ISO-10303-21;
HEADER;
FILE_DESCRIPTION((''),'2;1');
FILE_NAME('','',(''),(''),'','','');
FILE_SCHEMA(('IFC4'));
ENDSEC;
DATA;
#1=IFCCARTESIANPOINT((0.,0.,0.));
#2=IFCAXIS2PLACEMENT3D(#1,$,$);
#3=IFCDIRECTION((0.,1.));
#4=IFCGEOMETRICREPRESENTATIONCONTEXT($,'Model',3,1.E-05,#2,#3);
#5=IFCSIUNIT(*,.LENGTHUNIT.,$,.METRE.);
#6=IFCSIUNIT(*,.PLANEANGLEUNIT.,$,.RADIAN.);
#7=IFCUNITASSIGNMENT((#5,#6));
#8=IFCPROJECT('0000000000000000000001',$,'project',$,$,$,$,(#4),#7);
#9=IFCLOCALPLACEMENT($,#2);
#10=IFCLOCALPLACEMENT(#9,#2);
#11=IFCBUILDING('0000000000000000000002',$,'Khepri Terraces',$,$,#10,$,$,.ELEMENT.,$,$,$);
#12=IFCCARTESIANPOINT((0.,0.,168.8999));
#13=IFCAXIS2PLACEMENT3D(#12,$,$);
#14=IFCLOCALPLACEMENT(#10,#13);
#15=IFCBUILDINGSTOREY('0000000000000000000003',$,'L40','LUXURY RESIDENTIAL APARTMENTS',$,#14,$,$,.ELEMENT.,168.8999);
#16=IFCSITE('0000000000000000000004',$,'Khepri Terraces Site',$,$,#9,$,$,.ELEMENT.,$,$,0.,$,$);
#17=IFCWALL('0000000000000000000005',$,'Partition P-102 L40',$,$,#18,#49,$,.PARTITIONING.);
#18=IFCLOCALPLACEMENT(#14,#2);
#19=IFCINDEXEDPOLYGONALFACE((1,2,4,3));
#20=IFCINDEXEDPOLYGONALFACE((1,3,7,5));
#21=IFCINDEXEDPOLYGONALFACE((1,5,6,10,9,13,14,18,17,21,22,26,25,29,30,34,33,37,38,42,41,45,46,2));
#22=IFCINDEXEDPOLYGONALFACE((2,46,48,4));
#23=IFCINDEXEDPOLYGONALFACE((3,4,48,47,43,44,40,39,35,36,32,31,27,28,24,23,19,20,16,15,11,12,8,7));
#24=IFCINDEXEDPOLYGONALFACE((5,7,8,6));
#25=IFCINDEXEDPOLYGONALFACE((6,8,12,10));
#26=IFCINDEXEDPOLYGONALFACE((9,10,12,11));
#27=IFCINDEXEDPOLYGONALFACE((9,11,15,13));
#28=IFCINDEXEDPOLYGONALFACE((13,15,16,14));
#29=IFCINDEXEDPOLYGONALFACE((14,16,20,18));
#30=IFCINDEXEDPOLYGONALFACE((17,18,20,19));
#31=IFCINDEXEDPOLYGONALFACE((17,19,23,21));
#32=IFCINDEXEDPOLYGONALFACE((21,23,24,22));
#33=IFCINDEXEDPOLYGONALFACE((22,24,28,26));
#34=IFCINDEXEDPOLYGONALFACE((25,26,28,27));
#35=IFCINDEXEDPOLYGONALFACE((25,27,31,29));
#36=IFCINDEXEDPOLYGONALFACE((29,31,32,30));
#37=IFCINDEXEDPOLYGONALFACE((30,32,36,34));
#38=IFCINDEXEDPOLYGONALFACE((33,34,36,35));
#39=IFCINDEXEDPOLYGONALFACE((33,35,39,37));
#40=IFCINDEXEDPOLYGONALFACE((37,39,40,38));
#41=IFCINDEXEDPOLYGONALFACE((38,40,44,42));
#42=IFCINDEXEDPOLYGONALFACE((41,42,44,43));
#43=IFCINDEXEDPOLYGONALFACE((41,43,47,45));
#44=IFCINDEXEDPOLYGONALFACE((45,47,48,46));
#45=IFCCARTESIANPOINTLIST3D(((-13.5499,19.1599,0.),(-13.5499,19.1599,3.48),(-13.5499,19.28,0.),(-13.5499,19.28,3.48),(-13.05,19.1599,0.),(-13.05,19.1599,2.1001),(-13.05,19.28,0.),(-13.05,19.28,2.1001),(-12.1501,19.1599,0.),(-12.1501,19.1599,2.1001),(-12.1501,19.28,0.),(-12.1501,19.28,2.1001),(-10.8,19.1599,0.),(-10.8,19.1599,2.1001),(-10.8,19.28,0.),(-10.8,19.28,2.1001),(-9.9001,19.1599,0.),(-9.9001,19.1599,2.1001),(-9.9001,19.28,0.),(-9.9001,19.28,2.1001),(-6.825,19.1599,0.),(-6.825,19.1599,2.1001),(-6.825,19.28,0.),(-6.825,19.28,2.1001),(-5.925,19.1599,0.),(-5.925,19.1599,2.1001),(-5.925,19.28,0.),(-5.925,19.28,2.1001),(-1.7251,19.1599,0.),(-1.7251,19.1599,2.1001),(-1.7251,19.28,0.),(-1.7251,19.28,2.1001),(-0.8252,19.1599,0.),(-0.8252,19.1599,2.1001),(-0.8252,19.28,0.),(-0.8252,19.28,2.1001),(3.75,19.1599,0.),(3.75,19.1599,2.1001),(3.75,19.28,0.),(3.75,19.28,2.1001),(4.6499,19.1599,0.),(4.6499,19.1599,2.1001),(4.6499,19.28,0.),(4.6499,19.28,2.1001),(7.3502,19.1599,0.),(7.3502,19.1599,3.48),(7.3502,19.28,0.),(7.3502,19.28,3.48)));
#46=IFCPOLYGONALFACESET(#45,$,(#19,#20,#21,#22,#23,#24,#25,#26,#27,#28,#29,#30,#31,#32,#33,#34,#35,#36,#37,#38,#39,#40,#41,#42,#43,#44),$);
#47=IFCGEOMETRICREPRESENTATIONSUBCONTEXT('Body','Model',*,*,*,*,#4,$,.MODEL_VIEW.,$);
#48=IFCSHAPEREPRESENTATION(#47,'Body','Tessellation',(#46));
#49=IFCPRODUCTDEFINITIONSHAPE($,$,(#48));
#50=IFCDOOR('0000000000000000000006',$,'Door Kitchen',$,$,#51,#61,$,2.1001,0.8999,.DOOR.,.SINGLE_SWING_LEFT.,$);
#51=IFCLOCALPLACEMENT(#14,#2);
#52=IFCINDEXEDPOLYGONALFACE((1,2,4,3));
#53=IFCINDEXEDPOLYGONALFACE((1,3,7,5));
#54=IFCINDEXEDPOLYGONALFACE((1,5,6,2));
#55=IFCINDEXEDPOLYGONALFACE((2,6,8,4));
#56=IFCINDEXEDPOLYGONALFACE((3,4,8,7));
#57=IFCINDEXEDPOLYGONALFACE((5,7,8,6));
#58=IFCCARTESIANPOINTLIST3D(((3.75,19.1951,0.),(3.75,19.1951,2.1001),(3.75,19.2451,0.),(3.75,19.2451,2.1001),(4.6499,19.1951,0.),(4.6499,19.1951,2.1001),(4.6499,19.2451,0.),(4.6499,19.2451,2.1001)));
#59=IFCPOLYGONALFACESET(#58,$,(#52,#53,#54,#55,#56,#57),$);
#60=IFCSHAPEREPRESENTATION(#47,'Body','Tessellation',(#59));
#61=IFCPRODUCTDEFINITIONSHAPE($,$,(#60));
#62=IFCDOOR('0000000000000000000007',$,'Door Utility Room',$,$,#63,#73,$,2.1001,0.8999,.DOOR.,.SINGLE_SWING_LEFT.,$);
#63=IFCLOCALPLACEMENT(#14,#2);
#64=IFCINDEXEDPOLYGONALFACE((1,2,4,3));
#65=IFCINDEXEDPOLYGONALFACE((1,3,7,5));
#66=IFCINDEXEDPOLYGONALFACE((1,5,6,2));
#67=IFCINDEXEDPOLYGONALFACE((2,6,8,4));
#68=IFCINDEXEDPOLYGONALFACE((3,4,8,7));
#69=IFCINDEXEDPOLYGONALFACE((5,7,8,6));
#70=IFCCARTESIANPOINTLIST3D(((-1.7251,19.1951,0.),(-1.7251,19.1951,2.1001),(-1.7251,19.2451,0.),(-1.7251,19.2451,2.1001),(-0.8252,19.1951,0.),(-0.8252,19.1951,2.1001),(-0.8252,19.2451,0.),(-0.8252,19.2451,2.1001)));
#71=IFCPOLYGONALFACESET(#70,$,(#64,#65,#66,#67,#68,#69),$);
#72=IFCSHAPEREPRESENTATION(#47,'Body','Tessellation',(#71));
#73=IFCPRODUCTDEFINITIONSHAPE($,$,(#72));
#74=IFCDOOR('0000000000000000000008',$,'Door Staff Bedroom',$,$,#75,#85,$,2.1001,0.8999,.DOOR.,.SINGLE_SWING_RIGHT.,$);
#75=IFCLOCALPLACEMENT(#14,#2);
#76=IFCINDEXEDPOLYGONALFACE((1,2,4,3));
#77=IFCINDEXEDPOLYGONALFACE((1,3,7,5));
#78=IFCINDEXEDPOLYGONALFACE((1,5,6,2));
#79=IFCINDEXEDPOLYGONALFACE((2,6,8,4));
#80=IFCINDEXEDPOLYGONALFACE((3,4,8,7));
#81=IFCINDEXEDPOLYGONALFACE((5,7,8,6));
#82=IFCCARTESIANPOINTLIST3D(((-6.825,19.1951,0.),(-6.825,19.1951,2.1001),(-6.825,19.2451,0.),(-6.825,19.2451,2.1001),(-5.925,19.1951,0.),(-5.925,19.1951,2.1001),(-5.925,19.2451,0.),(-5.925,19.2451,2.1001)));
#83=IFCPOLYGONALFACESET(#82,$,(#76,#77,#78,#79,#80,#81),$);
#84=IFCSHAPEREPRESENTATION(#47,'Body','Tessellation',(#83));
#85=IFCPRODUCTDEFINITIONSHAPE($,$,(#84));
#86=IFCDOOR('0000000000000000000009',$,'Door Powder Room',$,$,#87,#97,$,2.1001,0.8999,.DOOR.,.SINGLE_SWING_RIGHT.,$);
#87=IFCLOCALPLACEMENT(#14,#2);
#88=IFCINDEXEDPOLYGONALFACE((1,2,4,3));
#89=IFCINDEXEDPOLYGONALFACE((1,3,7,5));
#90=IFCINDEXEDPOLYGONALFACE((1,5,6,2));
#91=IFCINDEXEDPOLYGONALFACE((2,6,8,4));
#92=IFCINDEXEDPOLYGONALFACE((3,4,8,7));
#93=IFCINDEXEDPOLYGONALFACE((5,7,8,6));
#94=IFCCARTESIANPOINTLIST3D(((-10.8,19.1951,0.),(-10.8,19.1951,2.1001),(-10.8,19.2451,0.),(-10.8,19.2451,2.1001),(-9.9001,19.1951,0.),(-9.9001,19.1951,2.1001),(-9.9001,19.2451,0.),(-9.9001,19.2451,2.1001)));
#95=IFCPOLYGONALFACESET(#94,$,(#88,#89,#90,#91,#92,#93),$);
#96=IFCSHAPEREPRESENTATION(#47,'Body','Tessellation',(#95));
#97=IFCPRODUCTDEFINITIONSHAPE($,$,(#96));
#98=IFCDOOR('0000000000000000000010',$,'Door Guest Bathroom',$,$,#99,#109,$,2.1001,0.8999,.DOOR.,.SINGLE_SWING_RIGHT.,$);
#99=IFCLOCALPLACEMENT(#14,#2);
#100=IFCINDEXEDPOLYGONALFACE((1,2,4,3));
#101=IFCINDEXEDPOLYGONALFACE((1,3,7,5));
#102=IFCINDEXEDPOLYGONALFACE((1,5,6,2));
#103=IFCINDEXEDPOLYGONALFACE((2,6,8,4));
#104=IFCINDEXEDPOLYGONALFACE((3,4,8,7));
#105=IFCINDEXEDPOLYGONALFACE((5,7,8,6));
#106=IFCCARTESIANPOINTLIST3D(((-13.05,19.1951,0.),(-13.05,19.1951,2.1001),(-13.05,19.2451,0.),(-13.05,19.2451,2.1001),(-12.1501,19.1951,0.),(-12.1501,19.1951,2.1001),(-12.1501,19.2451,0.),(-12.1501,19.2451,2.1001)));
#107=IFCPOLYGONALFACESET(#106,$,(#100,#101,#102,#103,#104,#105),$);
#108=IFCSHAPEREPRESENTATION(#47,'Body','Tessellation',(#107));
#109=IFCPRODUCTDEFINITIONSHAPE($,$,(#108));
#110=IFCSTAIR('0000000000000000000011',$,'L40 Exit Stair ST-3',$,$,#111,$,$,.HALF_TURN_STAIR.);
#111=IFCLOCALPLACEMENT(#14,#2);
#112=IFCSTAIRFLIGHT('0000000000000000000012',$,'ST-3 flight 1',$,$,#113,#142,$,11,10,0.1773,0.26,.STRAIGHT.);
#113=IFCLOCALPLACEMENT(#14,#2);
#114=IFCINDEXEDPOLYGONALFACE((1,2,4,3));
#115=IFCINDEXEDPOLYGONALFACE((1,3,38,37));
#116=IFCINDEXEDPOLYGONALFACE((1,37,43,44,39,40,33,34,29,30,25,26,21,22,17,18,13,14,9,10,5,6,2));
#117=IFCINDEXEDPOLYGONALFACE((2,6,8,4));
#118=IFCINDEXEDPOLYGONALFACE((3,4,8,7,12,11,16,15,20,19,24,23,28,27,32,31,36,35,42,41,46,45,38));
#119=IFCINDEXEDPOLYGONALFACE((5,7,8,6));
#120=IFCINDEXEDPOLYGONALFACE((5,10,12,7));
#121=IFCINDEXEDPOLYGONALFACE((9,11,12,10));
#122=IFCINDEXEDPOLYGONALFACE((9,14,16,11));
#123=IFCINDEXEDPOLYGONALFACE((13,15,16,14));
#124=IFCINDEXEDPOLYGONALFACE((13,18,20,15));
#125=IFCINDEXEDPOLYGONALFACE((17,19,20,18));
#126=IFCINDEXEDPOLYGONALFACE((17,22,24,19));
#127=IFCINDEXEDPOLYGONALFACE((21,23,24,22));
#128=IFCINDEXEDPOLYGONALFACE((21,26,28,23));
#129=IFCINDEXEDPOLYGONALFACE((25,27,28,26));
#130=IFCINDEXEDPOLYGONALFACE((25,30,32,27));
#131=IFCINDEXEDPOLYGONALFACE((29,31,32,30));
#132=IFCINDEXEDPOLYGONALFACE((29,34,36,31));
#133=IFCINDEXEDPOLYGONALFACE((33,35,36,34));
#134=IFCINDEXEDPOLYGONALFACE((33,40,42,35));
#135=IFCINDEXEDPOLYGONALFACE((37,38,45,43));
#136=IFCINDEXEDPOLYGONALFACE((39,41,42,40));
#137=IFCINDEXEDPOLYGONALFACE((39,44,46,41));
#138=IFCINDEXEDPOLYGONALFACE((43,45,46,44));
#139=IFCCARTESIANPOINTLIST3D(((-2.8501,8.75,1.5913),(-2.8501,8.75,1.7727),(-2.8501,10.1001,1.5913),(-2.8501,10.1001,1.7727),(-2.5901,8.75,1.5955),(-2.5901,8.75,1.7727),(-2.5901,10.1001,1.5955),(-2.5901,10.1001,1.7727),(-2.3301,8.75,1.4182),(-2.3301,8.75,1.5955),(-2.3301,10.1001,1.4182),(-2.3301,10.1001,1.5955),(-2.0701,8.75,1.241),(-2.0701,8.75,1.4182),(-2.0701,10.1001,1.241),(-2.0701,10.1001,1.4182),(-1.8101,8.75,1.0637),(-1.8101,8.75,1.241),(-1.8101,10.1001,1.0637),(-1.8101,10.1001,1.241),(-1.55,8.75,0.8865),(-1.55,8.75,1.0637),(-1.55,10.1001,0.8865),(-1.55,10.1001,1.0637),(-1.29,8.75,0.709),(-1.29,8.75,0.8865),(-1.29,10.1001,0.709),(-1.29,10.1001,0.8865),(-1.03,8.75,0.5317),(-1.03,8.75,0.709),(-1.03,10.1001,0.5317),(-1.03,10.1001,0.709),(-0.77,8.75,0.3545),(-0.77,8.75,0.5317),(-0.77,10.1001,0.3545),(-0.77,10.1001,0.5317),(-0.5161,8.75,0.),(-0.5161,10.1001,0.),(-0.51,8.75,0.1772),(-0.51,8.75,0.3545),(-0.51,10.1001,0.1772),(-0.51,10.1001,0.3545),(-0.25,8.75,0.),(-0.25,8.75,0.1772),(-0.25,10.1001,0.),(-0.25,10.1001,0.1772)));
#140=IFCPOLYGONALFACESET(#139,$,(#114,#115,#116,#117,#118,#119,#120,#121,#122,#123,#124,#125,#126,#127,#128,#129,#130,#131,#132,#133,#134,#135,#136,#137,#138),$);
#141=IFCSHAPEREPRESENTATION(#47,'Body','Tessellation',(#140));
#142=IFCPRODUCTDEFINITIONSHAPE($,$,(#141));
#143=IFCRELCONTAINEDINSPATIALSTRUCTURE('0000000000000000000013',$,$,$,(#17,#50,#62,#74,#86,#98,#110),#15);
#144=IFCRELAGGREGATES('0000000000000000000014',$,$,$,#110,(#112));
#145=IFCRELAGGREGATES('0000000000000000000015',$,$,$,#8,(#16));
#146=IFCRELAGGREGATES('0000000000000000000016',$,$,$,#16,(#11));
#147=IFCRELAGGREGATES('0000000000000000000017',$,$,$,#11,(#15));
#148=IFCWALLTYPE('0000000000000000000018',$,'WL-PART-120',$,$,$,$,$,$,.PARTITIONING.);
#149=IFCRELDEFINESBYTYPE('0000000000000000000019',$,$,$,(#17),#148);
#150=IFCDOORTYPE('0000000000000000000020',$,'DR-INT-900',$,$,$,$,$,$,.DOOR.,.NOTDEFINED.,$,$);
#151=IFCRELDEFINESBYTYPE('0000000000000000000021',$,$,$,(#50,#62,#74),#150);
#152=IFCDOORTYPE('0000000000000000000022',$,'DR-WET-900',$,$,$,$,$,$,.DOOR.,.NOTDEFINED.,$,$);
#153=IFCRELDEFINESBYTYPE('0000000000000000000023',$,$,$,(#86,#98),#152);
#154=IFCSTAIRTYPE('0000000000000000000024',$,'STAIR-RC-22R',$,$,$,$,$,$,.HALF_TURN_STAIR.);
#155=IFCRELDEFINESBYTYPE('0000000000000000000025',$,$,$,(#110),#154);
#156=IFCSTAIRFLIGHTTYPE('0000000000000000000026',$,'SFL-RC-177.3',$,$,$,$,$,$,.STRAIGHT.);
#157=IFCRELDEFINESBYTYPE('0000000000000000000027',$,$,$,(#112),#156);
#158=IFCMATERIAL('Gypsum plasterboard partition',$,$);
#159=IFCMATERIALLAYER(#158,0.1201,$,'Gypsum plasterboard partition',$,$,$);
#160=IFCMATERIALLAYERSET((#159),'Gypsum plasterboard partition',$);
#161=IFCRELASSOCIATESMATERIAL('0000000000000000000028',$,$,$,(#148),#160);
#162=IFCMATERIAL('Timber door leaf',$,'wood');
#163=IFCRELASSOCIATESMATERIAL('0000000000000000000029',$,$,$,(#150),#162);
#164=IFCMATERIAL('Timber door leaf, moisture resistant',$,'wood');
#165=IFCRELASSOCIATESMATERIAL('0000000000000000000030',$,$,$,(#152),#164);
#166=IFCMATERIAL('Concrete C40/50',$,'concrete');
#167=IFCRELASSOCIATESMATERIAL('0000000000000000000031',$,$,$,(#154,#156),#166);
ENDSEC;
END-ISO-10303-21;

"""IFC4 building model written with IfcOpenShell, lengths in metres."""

from ifc_helpers import new_model, si_unit, direction, frame, frame_2d, origin, place, context, subcontext, project, spatial, polyline, rectangle, outline, extrude, material, layer, layer_set, type_object, element, fill, aggregate, save


model = new_model("IFC4")

# Units and contexts
model_context = context("Model", 3, precision=1e-05, world=origin(), true_north=direction((0.0, 1.0)))
body_context = subcontext(model_context, "Body", "Model", "MODEL_VIEW")
ifc_project = project(units=[si_unit("LENGTHUNIT", "METRE"), si_unit("PLANEANGLEUNIT", "RADIAN")], contexts=[model_context])

# Site, building, storey
site_placement = place(None, origin())
site = spatial("IfcSite", under=ifc_project, at=site_placement, Name="Khepri Terraces Site", CompositionType="ELEMENT", RefElevation=0.0)
building_placement = place(site_placement, origin())
building = spatial("IfcBuilding", under=site, at=building_placement, Name="Khepri Terraces", CompositionType="ELEMENT")
storey_placement = place(building_placement, frame((0.0, 0.0, 168.8999)))
storey = spatial("IfcBuildingStorey", under=building, at=storey_placement, Name="L40", Description="LUXURY RESIDENTIAL APARTMENTS", CompositionType="ELEMENT", Elevation=168.8999)

# Shared definitions
ifc_material_1 = material(Name="Gypsum plasterboard partition")
ifc_layer_1 = layer(ifc_material_1, 0.1201, Name="Gypsum plasterboard partition")
ifc_layer_set_1 = layer_set([ifc_layer_1], Name="Gypsum plasterboard partition")
wall_type_1 = type_object("IfcWallType", Name="WL-PART-120", PredefinedType="PARTITIONING", material=ifc_layer_set_1)

# Wall, openings, doors
wall_1_placement = place(storey_placement, frame((-13.55, 19.22, 0.0), z_axis=(0.0, 0.0, 1.0), x_axis=(1.0, 0.0, 0.0)))
wall_1 = element("IfcWall", 1, at=wall_1_placement, inside=storey, type_object=wall_type_1, Name="Partition P-102 L40", PredefinedType="PARTITIONING", context=body_context, shape_type="SweptSolid", body=[
    extrude(rectangle(XDim=20.9001, YDim=0.1201, at=frame_2d((10.4502, 0.0))), origin(), (0.0, 0.0, 1.0), 3.48),
])
opening_1_placement = place(wall_1_placement, frame((17.3, 0.0, 0.0)))
opening_1 = element("IfcOpeningElement", 2, at=opening_1_placement, cuts=wall_1, PredefinedType="OPENING", context=body_context, shape_type="SweptSolid", body=[
    extrude(rectangle(XDim=0.8999, YDim=2.1001, at=frame_2d((0.45, 1.05))), frame((0.0, 0.0701, 0.0), z_axis=(0.0, -1.0, 0.0), x_axis=(1.0, 0.0, 0.0)), (0.0, 0.0, 1.0), 0.1401),
])
opening_2_placement = place(wall_1_placement, frame((11.825, 0.0, 0.0)))
opening_2 = element("IfcOpeningElement", 3, at=opening_2_placement, cuts=wall_1, PredefinedType="OPENING", context=body_context, shape_type="SweptSolid", body=[
    extrude(rectangle(XDim=0.8999, YDim=2.1001, at=frame_2d((0.45, 1.05))), frame((0.0, 0.0701, 0.0), z_axis=(0.0, -1.0, 0.0), x_axis=(1.0, 0.0, 0.0)), (0.0, 0.0, 1.0), 0.1401),
])
opening_3_placement = place(wall_1_placement, frame((6.7251, 0.0, 0.0)))
opening_3 = element("IfcOpeningElement", 4, at=opening_3_placement, cuts=wall_1, PredefinedType="OPENING", context=body_context, shape_type="SweptSolid", body=[
    extrude(rectangle(XDim=0.8999, YDim=2.1001, at=frame_2d((0.45, 1.05))), frame((0.0, 0.0701, 0.0), z_axis=(0.0, -1.0, 0.0), x_axis=(1.0, 0.0, 0.0)), (0.0, 0.0, 1.0), 0.1401),
])
opening_4_placement = place(wall_1_placement, frame((2.75, 0.0, 0.0)))
opening_4 = element("IfcOpeningElement", 5, at=opening_4_placement, cuts=wall_1, PredefinedType="OPENING", context=body_context, shape_type="SweptSolid", body=[
    extrude(rectangle(XDim=0.8999, YDim=2.1001, at=frame_2d((0.45, 1.05))), frame((0.0, 0.0701, 0.0), z_axis=(0.0, -1.0, 0.0), x_axis=(1.0, 0.0, 0.0)), (0.0, 0.0, 1.0), 0.1401),
])
opening_5_placement = place(wall_1_placement, frame((0.5, 0.0, 0.0)))
opening_5 = element("IfcOpeningElement", 6, at=opening_5_placement, cuts=wall_1, PredefinedType="OPENING", context=body_context, shape_type="SweptSolid", body=[
    extrude(rectangle(XDim=0.8999, YDim=2.1001, at=frame_2d((0.45, 1.05))), frame((0.0, 0.0701, 0.0), z_axis=(0.0, -1.0, 0.0), x_axis=(1.0, 0.0, 0.0)), (0.0, 0.0, 1.0), 0.1401),
])
ifc_material_2 = material(Name="Timber door leaf", Category="wood")
door_type_1 = type_object("IfcDoorType", Name="DR-INT-900", OperationType="NOTDEFINED", PredefinedType="DOOR", material=ifc_material_2)
door_1_placement = place(opening_1_placement, frame((0.8999, 0.0, 0.0), z_axis=(0.0, 0.0, 1.0), x_axis=(-1.0, 0.0, 0.0)))
door_1 = element("IfcDoor", 7, at=door_1_placement, inside=storey, type_object=door_type_1, Name="Door Kitchen", OperationType="SINGLE_SWING_LEFT", OverallHeight=2.1001, OverallWidth=0.8999, PredefinedType="DOOR", context=body_context, shape_type="SweptSolid", body=[
    extrude(rectangle(XDim=0.8999, YDim=2.1001, at=frame_2d((0.45, 1.05))), frame((0.0, 0.0249, 0.0), z_axis=(0.0, -1.0, 0.0), x_axis=(1.0, 0.0, 0.0)), (0.0, 0.0, 1.0), 0.05),
])
fill(opening_1, door_1)
door_2_placement = place(opening_2_placement, frame((0.8999, 0.0, 0.0), z_axis=(0.0, 0.0, 1.0), x_axis=(-1.0, 0.0, 0.0)))
door_2 = element("IfcDoor", 8, at=door_2_placement, inside=storey, type_object=door_type_1, Name="Door Utility Room", OperationType="SINGLE_SWING_LEFT", OverallHeight=2.1001, OverallWidth=0.8999, PredefinedType="DOOR", context=body_context, shape_type="SweptSolid", body=[
    extrude(rectangle(XDim=0.8999, YDim=2.1001, at=frame_2d((0.45, 1.05))), frame((0.0, 0.0249, 0.0), z_axis=(0.0, -1.0, 0.0), x_axis=(1.0, 0.0, 0.0)), (0.0, 0.0, 1.0), 0.05),
])
fill(opening_2, door_2)
door_3_placement = place(opening_3_placement, frame((0.8999, 0.0, 0.0), z_axis=(0.0, 0.0, 1.0), x_axis=(-1.0, 0.0, 0.0)))
door_3 = element("IfcDoor", 9, at=door_3_placement, inside=storey, type_object=door_type_1, Name="Door Staff Bedroom", OperationType="SINGLE_SWING_RIGHT", OverallHeight=2.1001, OverallWidth=0.8999, PredefinedType="DOOR", context=body_context, shape_type="SweptSolid", body=[
    extrude(rectangle(XDim=0.8999, YDim=2.1001, at=frame_2d((0.45, 1.05))), frame((0.0, 0.0249, 0.0), z_axis=(0.0, -1.0, 0.0), x_axis=(1.0, 0.0, 0.0)), (0.0, 0.0, 1.0), 0.05),
])
fill(opening_3, door_3)
ifc_material_3 = material(Name="Timber door leaf, moisture resistant", Category="wood")
door_type_2 = type_object("IfcDoorType", Name="DR-WET-900", OperationType="NOTDEFINED", PredefinedType="DOOR", material=ifc_material_3)
door_4_placement = place(opening_4_placement, frame((0.8999, 0.0, 0.0), z_axis=(0.0, 0.0, 1.0), x_axis=(-1.0, 0.0, 0.0)))
door_4 = element("IfcDoor", 10, at=door_4_placement, inside=storey, type_object=door_type_2, Name="Door Powder Room", OperationType="SINGLE_SWING_RIGHT", OverallHeight=2.1001, OverallWidth=0.8999, PredefinedType="DOOR", context=body_context, shape_type="SweptSolid", body=[
    extrude(rectangle(XDim=0.8999, YDim=2.1001, at=frame_2d((0.45, 1.05))), frame((0.0, 0.0249, 0.0), z_axis=(0.0, -1.0, 0.0), x_axis=(1.0, 0.0, 0.0)), (0.0, 0.0, 1.0), 0.05),
])
fill(opening_4, door_4)
door_5_placement = place(opening_5_placement, frame((0.8999, 0.0, 0.0), z_axis=(0.0, 0.0, 1.0), x_axis=(-1.0, 0.0, 0.0)))
door_5 = element("IfcDoor", 11, at=door_5_placement, inside=storey, type_object=door_type_2, Name="Door Guest Bathroom", OperationType="SINGLE_SWING_RIGHT", OverallHeight=2.1001, OverallWidth=0.8999, PredefinedType="DOOR", context=body_context, shape_type="SweptSolid", body=[
    extrude(rectangle(XDim=0.8999, YDim=2.1001, at=frame_2d((0.45, 1.05))), frame((0.0, 0.0249, 0.0), z_axis=(0.0, -1.0, 0.0), x_axis=(1.0, 0.0, 0.0)), (0.0, 0.0, 1.0), 0.05),
])
fill(opening_5, door_5)

# Stair, stair flight
ifc_material_4 = material(Name="Concrete C40/50", Category="concrete")
stair_type = type_object("IfcStairType", Name="STAIR-RC-22R", PredefinedType="HALF_TURN_STAIR", material=ifc_material_4)
stair_placement = place(storey_placement, origin())
stair = element("IfcStair", 12, at=stair_placement, inside=storey, type_object=stair_type, Name="L40 Exit Stair ST-3", PredefinedType="HALF_TURN_STAIR")
stair_flight_type = type_object("IfcStairFlightType", Name="SFL-RC-177.3", PredefinedType="STRAIGHT", material=ifc_material_4)
stair_flight_placement = place(storey_placement, frame((-0.25, 9.425, 0.0), z_axis=(0.0, 0.0, 1.0), x_axis=(-1.0, 0.0, 0.0)))
stair_flight = element("IfcStairFlight", 13, at=stair_flight_placement, type_object=stair_flight_type, Name="ST-3 flight 1", NumberOfRisers=11, NumberOfTreads=10, PredefinedType="STRAIGHT", RiserHeight=0.1773, TreadLength=0.26, context=body_context, shape_type="SweptSolid", body=[
    extrude(outline(polyline([(0.0, 0.0), (0.0, 0.1772), (0.26, 0.1772), (0.26, 0.3545), (0.52, 0.3545), (0.52, 0.5317), (0.78, 0.5317), (0.78, 0.709), (1.04, 0.709), (1.04, 0.8865), (1.3, 0.8865), (1.3, 1.0637), (1.5601, 1.0637), (1.5601, 1.241), (1.8201, 1.241), (1.8201, 1.4182), (2.0801, 1.4182), (2.0801, 1.5955), (2.3401, 1.5955), (2.3401, 1.7727), (2.6001, 1.7727), (2.6001, 1.95), (2.6001, 1.5913), (0.2661, 0.0), (0.0, 0.0)])), frame((0.0, 0.675, 0.0), z_axis=(0.0, -1.0, 0.0), x_axis=(1.0, 0.0, 0.0)), (0.0, 0.0, 1.0), 1.3501),
])
aggregate(stair, [stair_flight])

save(model, "model.ifc")
